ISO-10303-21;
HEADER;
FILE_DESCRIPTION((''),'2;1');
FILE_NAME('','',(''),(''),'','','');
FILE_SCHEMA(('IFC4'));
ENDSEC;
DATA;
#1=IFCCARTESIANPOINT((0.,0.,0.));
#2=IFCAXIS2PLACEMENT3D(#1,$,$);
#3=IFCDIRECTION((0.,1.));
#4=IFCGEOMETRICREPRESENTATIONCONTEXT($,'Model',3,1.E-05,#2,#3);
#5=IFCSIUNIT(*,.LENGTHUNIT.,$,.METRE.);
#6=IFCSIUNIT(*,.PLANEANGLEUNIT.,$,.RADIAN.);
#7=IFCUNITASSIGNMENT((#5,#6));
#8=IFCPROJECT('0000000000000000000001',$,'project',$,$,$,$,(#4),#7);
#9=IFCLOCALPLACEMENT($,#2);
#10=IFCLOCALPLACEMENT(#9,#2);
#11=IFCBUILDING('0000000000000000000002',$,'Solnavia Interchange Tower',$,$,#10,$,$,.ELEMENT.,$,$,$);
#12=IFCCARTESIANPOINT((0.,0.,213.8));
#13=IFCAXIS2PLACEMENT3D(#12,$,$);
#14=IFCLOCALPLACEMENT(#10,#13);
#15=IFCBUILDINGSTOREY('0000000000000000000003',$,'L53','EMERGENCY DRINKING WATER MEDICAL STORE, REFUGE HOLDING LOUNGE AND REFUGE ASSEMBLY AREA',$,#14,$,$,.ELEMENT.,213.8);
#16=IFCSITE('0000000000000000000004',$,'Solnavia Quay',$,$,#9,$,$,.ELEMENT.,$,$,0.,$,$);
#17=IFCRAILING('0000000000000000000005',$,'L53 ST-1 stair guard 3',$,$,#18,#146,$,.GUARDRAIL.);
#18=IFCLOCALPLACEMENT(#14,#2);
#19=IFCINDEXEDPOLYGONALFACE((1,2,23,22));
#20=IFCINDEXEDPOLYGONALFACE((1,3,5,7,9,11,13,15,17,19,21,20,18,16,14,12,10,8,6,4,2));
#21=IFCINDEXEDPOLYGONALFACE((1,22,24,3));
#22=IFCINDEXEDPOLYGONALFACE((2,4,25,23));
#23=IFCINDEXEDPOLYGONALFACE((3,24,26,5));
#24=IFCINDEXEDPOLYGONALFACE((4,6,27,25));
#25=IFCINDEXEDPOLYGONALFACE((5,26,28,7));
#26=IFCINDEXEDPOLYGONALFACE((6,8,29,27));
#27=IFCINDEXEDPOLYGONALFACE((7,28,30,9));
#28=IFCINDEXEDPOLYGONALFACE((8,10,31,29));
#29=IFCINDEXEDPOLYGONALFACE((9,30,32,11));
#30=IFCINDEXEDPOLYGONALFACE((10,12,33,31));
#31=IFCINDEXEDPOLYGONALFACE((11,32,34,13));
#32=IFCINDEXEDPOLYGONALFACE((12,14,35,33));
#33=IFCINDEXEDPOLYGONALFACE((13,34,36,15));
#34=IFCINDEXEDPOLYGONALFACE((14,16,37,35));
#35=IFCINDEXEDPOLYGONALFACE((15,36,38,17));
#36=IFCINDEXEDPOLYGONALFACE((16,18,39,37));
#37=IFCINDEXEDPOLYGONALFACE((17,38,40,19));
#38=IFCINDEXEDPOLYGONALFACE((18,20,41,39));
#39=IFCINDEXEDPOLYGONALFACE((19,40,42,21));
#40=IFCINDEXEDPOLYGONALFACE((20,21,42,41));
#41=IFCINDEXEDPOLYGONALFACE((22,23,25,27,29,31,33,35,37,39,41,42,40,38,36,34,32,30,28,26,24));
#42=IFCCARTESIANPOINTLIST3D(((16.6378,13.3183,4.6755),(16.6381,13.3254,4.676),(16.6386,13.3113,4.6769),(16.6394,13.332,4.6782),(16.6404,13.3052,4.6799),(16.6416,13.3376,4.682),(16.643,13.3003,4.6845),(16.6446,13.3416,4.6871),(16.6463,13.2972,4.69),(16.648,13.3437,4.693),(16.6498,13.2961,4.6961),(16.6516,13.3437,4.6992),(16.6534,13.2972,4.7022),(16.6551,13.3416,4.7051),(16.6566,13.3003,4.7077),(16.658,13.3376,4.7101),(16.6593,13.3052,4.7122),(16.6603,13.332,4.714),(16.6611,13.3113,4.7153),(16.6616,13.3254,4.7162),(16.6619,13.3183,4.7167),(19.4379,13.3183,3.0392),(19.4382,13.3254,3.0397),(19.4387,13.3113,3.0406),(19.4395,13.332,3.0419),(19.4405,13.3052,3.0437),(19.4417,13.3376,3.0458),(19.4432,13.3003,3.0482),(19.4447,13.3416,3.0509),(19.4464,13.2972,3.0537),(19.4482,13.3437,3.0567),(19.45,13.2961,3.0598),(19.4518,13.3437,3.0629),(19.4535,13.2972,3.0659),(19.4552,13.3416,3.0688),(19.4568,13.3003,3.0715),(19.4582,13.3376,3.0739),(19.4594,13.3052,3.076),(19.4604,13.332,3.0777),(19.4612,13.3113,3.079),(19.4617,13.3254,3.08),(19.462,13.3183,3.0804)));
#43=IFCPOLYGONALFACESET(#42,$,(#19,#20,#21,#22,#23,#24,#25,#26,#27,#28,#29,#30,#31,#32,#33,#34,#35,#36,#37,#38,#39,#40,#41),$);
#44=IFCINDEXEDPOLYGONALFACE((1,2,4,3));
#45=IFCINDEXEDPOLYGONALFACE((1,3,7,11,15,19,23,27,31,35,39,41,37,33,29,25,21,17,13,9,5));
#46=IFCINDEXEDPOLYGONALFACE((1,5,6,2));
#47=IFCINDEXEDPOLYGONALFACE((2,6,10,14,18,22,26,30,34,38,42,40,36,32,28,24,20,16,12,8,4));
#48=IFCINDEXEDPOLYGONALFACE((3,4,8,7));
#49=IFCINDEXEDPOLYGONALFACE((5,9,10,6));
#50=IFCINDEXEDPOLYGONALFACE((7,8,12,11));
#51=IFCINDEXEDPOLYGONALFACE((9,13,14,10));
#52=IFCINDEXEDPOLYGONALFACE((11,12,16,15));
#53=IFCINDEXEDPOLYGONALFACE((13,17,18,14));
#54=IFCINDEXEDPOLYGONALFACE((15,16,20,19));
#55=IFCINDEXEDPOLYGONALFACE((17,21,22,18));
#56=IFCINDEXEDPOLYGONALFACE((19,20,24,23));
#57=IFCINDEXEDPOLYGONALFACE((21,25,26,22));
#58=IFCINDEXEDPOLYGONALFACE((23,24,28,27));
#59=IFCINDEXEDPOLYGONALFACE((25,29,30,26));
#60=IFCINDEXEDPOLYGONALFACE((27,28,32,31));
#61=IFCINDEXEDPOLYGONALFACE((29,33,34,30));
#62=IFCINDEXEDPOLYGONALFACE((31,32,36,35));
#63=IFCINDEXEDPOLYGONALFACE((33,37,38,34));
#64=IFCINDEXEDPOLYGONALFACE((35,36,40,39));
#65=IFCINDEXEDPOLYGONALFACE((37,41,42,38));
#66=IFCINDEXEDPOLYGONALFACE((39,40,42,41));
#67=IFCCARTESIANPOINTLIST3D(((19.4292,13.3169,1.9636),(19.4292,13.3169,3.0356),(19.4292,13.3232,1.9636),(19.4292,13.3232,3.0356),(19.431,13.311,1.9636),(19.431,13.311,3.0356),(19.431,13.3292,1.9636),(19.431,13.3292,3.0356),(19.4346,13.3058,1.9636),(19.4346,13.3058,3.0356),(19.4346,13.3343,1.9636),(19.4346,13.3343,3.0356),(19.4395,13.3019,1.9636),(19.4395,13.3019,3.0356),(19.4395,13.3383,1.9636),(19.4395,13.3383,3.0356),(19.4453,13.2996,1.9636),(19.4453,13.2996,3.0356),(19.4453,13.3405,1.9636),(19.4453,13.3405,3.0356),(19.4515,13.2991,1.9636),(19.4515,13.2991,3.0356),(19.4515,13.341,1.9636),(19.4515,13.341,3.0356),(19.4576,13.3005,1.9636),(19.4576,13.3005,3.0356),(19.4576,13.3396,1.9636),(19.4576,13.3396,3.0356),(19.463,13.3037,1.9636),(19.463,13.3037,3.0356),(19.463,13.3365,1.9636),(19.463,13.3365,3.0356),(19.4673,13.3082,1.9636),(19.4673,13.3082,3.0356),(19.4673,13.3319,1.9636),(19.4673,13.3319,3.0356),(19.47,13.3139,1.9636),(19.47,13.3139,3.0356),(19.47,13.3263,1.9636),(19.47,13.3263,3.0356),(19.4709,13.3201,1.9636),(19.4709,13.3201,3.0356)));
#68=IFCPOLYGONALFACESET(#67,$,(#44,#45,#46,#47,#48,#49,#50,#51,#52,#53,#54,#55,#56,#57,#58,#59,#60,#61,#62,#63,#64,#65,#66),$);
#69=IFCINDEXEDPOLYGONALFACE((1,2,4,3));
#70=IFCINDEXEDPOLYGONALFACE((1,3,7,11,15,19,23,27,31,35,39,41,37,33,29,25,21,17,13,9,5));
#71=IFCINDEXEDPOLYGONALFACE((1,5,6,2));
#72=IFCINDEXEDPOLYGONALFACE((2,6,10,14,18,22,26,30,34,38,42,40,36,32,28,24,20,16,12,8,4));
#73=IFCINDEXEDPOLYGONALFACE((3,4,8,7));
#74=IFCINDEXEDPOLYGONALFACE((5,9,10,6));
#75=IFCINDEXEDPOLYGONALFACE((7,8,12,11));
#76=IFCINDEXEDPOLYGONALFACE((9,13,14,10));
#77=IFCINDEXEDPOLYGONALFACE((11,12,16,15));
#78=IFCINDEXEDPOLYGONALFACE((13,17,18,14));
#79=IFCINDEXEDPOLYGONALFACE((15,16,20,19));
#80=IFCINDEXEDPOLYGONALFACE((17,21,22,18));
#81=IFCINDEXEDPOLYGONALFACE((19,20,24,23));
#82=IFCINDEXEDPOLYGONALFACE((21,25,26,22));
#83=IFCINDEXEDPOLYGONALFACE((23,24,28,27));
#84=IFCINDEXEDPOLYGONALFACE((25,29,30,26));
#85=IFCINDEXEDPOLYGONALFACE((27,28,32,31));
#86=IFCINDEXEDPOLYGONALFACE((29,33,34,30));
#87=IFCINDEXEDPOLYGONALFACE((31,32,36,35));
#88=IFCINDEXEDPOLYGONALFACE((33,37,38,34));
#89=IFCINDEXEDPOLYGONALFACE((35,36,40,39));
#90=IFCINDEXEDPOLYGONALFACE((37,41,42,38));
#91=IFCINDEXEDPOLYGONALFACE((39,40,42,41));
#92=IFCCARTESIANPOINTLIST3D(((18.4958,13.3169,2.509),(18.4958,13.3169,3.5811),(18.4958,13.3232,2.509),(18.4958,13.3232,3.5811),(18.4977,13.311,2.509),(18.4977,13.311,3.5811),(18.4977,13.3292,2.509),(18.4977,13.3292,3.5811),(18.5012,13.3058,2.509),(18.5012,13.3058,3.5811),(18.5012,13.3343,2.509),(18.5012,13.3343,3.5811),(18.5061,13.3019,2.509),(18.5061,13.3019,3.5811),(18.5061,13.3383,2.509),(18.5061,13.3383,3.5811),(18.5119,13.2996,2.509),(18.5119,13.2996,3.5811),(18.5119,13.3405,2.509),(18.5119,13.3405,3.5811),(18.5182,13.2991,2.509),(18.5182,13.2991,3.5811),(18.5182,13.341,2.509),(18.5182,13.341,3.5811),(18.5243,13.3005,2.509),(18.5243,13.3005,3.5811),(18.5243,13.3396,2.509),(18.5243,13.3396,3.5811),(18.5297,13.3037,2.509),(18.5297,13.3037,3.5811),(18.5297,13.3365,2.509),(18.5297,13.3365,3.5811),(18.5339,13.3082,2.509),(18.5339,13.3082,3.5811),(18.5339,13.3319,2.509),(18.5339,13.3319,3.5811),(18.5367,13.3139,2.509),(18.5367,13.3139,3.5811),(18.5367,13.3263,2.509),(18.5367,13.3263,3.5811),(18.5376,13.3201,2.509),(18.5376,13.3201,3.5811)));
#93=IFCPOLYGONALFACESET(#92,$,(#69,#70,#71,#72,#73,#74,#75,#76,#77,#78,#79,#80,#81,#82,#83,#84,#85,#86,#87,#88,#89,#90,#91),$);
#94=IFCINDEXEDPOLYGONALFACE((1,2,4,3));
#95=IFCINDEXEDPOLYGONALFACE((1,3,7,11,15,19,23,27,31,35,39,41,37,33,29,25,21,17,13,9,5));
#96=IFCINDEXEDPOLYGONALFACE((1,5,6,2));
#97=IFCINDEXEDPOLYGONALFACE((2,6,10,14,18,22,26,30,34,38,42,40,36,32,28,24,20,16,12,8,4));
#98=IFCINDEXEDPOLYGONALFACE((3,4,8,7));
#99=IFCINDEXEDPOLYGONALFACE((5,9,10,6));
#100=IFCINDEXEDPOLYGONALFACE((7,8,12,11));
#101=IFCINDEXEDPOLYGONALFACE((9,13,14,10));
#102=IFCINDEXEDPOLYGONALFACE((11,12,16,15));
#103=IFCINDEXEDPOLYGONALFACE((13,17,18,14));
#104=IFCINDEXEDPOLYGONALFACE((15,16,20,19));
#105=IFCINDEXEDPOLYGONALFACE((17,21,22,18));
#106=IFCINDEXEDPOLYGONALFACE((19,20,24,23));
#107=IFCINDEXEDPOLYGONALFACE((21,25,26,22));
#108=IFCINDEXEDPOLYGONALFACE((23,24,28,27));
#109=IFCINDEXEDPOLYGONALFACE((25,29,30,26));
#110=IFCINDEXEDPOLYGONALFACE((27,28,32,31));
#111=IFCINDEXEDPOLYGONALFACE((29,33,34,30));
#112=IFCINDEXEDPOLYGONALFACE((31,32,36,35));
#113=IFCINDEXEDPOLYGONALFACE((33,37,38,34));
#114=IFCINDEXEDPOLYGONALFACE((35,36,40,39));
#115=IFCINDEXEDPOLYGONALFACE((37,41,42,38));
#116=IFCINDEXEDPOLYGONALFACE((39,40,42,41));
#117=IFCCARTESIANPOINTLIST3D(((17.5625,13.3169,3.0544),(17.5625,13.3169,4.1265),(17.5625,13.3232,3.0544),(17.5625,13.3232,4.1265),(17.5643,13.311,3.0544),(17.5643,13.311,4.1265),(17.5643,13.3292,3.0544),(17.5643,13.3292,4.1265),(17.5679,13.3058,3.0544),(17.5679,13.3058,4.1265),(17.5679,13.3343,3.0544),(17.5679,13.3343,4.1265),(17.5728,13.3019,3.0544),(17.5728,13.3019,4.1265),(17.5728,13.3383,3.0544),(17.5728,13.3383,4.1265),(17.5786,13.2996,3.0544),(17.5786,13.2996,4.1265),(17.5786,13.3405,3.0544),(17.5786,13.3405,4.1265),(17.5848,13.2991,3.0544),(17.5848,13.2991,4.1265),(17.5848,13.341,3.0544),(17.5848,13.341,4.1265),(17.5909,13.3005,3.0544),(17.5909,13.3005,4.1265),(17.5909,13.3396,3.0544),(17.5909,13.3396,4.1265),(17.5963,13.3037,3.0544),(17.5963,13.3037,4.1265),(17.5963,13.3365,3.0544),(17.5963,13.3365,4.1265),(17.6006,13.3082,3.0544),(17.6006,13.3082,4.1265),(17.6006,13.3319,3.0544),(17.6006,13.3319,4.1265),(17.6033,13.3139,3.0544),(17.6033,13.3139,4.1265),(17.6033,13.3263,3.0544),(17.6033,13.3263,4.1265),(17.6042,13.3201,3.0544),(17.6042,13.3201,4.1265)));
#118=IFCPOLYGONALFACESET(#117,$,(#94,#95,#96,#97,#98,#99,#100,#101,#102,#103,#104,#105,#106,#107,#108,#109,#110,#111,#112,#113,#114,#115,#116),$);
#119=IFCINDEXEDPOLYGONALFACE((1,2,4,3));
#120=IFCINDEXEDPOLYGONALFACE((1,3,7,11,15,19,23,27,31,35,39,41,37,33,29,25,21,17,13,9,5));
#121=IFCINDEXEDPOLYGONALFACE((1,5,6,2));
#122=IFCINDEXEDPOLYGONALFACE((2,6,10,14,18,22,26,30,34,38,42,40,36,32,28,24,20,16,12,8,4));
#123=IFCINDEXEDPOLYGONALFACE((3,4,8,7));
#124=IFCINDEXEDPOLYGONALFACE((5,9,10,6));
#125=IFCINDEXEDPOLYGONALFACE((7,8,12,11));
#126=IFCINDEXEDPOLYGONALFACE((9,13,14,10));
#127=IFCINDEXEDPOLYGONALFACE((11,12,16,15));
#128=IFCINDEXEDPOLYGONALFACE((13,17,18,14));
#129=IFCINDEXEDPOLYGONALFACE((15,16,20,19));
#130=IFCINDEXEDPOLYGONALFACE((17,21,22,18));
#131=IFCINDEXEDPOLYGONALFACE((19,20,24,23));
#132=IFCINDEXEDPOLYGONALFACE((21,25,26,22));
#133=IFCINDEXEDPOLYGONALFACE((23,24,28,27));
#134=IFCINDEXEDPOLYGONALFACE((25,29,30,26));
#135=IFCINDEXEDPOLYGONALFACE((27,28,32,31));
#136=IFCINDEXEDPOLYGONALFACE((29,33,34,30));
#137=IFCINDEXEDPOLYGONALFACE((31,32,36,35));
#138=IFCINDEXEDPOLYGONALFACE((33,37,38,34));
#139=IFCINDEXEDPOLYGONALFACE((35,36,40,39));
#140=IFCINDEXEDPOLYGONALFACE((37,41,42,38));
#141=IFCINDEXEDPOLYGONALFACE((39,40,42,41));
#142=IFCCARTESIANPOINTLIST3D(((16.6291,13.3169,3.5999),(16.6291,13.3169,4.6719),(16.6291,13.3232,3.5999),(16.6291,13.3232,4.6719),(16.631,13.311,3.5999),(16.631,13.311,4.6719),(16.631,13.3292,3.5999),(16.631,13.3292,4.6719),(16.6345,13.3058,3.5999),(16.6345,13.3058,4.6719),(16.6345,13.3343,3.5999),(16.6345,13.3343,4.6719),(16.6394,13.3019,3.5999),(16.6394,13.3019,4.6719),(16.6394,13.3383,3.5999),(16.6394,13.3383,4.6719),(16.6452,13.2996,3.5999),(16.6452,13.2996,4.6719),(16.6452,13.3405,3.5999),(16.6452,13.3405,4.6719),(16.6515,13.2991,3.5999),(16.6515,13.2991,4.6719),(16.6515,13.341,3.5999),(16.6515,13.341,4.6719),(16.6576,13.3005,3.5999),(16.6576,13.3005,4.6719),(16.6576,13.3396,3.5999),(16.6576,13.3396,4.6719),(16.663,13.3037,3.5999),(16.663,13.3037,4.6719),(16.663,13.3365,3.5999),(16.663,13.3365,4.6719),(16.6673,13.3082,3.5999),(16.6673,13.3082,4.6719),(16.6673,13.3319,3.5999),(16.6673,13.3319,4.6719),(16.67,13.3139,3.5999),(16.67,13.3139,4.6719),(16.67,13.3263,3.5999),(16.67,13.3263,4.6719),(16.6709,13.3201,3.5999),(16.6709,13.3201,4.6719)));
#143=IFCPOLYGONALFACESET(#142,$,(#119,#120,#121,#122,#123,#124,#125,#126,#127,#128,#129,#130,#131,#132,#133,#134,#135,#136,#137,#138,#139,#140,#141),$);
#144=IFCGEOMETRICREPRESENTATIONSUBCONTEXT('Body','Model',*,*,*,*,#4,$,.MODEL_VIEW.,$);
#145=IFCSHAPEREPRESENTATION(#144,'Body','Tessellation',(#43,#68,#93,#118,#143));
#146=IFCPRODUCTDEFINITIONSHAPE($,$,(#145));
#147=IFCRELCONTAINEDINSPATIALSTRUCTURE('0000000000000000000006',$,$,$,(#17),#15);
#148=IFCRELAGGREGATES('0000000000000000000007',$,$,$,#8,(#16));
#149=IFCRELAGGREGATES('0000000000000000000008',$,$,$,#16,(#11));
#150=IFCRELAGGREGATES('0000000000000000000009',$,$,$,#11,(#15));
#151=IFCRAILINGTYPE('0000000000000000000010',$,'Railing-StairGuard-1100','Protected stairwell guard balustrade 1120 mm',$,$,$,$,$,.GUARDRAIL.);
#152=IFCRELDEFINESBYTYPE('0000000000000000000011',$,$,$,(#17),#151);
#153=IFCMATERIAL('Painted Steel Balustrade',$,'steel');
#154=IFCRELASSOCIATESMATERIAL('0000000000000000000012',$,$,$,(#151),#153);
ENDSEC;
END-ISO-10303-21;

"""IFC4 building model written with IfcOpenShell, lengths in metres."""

from ifc_helpers import new_model, si_unit, direction, frame, origin, origin_2d, place, context, subcontext, project, spatial, circle, extrude, material, type_object, element, save


model = new_model("IFC4")

# Units and contexts
model_context = context("Model", 3, precision=1e-05, world=origin(), true_north=direction((0.0, 1.0)))
body_context = subcontext(model_context, "Body", "Model", "MODEL_VIEW")
ifc_project = project(units=[si_unit("LENGTHUNIT", "METRE"), si_unit("PLANEANGLEUNIT", "RADIAN")], contexts=[model_context])

# Site, building, storey
site_placement = place(None, origin())
site = spatial("IfcSite", under=ifc_project, at=site_placement, Name="Solnavia Quay", CompositionType="ELEMENT", RefElevation=0.0)
building_placement = place(site_placement, origin())
building = spatial("IfcBuilding", under=site, at=building_placement, Name="Solnavia Interchange Tower", CompositionType="ELEMENT")
storey_placement = place(building_placement, frame((0.0, 0.0, 213.8)))
storey = spatial("IfcBuildingStorey", under=building, at=storey_placement, Name="L53", Description="EMERGENCY DRINKING WATER MEDICAL STORE, REFUGE HOLDING LOUNGE AND REFUGE ASSEMBLY AREA", CompositionType="ELEMENT", Elevation=213.8)

# Railing
ifc_material_1 = material(Name="Painted Steel Balustrade", Category="steel")
railing_type_1 = type_object("IfcRailingType", Name="Railing-StairGuard-1100", Description="Protected stairwell guard balustrade 1120 mm", PredefinedType="GUARDRAIL", material=ifc_material_1)
railing_1_placement = place(storey_placement, frame((19.45, 13.3201, 1.9636)))
element("IfcRailing", 1, at=railing_1_placement, inside=storey, type_object=railing_type_1, Name="L53 ST-1 stair guard 3", PredefinedType="GUARDRAIL", context=body_context, shape_type="SweptSolid", body=[
    extrude(circle(Radius=0.0239, at=origin_2d()), frame((0.0, 0.0, 1.0962), z_axis=(-0.863394, 0.0, 0.504531), x_axis=(0.0, -1.0, 0.0)), (0.0, 0.0, 1.0), 3.2432),
    extrude(circle(Radius=0.021, at=origin_2d()), origin(), (0.0, 0.0, 1.0), 1.072),
    extrude(circle(Radius=0.021, at=origin_2d()), frame((-0.9333, 0.0, 0.5454)), (0.0, 0.0, 1.0), 1.072),
    extrude(circle(Radius=0.021, at=origin_2d()), frame((-1.8667, 0.0, 1.0908)), (0.0, 0.0, 1.0), 1.072),
    extrude(circle(Radius=0.021, at=origin_2d()), frame((-2.8, 0.0, 1.6362)), (0.0, 0.0, 1.0), 1.072),
])

save(model, "model.ifc")
